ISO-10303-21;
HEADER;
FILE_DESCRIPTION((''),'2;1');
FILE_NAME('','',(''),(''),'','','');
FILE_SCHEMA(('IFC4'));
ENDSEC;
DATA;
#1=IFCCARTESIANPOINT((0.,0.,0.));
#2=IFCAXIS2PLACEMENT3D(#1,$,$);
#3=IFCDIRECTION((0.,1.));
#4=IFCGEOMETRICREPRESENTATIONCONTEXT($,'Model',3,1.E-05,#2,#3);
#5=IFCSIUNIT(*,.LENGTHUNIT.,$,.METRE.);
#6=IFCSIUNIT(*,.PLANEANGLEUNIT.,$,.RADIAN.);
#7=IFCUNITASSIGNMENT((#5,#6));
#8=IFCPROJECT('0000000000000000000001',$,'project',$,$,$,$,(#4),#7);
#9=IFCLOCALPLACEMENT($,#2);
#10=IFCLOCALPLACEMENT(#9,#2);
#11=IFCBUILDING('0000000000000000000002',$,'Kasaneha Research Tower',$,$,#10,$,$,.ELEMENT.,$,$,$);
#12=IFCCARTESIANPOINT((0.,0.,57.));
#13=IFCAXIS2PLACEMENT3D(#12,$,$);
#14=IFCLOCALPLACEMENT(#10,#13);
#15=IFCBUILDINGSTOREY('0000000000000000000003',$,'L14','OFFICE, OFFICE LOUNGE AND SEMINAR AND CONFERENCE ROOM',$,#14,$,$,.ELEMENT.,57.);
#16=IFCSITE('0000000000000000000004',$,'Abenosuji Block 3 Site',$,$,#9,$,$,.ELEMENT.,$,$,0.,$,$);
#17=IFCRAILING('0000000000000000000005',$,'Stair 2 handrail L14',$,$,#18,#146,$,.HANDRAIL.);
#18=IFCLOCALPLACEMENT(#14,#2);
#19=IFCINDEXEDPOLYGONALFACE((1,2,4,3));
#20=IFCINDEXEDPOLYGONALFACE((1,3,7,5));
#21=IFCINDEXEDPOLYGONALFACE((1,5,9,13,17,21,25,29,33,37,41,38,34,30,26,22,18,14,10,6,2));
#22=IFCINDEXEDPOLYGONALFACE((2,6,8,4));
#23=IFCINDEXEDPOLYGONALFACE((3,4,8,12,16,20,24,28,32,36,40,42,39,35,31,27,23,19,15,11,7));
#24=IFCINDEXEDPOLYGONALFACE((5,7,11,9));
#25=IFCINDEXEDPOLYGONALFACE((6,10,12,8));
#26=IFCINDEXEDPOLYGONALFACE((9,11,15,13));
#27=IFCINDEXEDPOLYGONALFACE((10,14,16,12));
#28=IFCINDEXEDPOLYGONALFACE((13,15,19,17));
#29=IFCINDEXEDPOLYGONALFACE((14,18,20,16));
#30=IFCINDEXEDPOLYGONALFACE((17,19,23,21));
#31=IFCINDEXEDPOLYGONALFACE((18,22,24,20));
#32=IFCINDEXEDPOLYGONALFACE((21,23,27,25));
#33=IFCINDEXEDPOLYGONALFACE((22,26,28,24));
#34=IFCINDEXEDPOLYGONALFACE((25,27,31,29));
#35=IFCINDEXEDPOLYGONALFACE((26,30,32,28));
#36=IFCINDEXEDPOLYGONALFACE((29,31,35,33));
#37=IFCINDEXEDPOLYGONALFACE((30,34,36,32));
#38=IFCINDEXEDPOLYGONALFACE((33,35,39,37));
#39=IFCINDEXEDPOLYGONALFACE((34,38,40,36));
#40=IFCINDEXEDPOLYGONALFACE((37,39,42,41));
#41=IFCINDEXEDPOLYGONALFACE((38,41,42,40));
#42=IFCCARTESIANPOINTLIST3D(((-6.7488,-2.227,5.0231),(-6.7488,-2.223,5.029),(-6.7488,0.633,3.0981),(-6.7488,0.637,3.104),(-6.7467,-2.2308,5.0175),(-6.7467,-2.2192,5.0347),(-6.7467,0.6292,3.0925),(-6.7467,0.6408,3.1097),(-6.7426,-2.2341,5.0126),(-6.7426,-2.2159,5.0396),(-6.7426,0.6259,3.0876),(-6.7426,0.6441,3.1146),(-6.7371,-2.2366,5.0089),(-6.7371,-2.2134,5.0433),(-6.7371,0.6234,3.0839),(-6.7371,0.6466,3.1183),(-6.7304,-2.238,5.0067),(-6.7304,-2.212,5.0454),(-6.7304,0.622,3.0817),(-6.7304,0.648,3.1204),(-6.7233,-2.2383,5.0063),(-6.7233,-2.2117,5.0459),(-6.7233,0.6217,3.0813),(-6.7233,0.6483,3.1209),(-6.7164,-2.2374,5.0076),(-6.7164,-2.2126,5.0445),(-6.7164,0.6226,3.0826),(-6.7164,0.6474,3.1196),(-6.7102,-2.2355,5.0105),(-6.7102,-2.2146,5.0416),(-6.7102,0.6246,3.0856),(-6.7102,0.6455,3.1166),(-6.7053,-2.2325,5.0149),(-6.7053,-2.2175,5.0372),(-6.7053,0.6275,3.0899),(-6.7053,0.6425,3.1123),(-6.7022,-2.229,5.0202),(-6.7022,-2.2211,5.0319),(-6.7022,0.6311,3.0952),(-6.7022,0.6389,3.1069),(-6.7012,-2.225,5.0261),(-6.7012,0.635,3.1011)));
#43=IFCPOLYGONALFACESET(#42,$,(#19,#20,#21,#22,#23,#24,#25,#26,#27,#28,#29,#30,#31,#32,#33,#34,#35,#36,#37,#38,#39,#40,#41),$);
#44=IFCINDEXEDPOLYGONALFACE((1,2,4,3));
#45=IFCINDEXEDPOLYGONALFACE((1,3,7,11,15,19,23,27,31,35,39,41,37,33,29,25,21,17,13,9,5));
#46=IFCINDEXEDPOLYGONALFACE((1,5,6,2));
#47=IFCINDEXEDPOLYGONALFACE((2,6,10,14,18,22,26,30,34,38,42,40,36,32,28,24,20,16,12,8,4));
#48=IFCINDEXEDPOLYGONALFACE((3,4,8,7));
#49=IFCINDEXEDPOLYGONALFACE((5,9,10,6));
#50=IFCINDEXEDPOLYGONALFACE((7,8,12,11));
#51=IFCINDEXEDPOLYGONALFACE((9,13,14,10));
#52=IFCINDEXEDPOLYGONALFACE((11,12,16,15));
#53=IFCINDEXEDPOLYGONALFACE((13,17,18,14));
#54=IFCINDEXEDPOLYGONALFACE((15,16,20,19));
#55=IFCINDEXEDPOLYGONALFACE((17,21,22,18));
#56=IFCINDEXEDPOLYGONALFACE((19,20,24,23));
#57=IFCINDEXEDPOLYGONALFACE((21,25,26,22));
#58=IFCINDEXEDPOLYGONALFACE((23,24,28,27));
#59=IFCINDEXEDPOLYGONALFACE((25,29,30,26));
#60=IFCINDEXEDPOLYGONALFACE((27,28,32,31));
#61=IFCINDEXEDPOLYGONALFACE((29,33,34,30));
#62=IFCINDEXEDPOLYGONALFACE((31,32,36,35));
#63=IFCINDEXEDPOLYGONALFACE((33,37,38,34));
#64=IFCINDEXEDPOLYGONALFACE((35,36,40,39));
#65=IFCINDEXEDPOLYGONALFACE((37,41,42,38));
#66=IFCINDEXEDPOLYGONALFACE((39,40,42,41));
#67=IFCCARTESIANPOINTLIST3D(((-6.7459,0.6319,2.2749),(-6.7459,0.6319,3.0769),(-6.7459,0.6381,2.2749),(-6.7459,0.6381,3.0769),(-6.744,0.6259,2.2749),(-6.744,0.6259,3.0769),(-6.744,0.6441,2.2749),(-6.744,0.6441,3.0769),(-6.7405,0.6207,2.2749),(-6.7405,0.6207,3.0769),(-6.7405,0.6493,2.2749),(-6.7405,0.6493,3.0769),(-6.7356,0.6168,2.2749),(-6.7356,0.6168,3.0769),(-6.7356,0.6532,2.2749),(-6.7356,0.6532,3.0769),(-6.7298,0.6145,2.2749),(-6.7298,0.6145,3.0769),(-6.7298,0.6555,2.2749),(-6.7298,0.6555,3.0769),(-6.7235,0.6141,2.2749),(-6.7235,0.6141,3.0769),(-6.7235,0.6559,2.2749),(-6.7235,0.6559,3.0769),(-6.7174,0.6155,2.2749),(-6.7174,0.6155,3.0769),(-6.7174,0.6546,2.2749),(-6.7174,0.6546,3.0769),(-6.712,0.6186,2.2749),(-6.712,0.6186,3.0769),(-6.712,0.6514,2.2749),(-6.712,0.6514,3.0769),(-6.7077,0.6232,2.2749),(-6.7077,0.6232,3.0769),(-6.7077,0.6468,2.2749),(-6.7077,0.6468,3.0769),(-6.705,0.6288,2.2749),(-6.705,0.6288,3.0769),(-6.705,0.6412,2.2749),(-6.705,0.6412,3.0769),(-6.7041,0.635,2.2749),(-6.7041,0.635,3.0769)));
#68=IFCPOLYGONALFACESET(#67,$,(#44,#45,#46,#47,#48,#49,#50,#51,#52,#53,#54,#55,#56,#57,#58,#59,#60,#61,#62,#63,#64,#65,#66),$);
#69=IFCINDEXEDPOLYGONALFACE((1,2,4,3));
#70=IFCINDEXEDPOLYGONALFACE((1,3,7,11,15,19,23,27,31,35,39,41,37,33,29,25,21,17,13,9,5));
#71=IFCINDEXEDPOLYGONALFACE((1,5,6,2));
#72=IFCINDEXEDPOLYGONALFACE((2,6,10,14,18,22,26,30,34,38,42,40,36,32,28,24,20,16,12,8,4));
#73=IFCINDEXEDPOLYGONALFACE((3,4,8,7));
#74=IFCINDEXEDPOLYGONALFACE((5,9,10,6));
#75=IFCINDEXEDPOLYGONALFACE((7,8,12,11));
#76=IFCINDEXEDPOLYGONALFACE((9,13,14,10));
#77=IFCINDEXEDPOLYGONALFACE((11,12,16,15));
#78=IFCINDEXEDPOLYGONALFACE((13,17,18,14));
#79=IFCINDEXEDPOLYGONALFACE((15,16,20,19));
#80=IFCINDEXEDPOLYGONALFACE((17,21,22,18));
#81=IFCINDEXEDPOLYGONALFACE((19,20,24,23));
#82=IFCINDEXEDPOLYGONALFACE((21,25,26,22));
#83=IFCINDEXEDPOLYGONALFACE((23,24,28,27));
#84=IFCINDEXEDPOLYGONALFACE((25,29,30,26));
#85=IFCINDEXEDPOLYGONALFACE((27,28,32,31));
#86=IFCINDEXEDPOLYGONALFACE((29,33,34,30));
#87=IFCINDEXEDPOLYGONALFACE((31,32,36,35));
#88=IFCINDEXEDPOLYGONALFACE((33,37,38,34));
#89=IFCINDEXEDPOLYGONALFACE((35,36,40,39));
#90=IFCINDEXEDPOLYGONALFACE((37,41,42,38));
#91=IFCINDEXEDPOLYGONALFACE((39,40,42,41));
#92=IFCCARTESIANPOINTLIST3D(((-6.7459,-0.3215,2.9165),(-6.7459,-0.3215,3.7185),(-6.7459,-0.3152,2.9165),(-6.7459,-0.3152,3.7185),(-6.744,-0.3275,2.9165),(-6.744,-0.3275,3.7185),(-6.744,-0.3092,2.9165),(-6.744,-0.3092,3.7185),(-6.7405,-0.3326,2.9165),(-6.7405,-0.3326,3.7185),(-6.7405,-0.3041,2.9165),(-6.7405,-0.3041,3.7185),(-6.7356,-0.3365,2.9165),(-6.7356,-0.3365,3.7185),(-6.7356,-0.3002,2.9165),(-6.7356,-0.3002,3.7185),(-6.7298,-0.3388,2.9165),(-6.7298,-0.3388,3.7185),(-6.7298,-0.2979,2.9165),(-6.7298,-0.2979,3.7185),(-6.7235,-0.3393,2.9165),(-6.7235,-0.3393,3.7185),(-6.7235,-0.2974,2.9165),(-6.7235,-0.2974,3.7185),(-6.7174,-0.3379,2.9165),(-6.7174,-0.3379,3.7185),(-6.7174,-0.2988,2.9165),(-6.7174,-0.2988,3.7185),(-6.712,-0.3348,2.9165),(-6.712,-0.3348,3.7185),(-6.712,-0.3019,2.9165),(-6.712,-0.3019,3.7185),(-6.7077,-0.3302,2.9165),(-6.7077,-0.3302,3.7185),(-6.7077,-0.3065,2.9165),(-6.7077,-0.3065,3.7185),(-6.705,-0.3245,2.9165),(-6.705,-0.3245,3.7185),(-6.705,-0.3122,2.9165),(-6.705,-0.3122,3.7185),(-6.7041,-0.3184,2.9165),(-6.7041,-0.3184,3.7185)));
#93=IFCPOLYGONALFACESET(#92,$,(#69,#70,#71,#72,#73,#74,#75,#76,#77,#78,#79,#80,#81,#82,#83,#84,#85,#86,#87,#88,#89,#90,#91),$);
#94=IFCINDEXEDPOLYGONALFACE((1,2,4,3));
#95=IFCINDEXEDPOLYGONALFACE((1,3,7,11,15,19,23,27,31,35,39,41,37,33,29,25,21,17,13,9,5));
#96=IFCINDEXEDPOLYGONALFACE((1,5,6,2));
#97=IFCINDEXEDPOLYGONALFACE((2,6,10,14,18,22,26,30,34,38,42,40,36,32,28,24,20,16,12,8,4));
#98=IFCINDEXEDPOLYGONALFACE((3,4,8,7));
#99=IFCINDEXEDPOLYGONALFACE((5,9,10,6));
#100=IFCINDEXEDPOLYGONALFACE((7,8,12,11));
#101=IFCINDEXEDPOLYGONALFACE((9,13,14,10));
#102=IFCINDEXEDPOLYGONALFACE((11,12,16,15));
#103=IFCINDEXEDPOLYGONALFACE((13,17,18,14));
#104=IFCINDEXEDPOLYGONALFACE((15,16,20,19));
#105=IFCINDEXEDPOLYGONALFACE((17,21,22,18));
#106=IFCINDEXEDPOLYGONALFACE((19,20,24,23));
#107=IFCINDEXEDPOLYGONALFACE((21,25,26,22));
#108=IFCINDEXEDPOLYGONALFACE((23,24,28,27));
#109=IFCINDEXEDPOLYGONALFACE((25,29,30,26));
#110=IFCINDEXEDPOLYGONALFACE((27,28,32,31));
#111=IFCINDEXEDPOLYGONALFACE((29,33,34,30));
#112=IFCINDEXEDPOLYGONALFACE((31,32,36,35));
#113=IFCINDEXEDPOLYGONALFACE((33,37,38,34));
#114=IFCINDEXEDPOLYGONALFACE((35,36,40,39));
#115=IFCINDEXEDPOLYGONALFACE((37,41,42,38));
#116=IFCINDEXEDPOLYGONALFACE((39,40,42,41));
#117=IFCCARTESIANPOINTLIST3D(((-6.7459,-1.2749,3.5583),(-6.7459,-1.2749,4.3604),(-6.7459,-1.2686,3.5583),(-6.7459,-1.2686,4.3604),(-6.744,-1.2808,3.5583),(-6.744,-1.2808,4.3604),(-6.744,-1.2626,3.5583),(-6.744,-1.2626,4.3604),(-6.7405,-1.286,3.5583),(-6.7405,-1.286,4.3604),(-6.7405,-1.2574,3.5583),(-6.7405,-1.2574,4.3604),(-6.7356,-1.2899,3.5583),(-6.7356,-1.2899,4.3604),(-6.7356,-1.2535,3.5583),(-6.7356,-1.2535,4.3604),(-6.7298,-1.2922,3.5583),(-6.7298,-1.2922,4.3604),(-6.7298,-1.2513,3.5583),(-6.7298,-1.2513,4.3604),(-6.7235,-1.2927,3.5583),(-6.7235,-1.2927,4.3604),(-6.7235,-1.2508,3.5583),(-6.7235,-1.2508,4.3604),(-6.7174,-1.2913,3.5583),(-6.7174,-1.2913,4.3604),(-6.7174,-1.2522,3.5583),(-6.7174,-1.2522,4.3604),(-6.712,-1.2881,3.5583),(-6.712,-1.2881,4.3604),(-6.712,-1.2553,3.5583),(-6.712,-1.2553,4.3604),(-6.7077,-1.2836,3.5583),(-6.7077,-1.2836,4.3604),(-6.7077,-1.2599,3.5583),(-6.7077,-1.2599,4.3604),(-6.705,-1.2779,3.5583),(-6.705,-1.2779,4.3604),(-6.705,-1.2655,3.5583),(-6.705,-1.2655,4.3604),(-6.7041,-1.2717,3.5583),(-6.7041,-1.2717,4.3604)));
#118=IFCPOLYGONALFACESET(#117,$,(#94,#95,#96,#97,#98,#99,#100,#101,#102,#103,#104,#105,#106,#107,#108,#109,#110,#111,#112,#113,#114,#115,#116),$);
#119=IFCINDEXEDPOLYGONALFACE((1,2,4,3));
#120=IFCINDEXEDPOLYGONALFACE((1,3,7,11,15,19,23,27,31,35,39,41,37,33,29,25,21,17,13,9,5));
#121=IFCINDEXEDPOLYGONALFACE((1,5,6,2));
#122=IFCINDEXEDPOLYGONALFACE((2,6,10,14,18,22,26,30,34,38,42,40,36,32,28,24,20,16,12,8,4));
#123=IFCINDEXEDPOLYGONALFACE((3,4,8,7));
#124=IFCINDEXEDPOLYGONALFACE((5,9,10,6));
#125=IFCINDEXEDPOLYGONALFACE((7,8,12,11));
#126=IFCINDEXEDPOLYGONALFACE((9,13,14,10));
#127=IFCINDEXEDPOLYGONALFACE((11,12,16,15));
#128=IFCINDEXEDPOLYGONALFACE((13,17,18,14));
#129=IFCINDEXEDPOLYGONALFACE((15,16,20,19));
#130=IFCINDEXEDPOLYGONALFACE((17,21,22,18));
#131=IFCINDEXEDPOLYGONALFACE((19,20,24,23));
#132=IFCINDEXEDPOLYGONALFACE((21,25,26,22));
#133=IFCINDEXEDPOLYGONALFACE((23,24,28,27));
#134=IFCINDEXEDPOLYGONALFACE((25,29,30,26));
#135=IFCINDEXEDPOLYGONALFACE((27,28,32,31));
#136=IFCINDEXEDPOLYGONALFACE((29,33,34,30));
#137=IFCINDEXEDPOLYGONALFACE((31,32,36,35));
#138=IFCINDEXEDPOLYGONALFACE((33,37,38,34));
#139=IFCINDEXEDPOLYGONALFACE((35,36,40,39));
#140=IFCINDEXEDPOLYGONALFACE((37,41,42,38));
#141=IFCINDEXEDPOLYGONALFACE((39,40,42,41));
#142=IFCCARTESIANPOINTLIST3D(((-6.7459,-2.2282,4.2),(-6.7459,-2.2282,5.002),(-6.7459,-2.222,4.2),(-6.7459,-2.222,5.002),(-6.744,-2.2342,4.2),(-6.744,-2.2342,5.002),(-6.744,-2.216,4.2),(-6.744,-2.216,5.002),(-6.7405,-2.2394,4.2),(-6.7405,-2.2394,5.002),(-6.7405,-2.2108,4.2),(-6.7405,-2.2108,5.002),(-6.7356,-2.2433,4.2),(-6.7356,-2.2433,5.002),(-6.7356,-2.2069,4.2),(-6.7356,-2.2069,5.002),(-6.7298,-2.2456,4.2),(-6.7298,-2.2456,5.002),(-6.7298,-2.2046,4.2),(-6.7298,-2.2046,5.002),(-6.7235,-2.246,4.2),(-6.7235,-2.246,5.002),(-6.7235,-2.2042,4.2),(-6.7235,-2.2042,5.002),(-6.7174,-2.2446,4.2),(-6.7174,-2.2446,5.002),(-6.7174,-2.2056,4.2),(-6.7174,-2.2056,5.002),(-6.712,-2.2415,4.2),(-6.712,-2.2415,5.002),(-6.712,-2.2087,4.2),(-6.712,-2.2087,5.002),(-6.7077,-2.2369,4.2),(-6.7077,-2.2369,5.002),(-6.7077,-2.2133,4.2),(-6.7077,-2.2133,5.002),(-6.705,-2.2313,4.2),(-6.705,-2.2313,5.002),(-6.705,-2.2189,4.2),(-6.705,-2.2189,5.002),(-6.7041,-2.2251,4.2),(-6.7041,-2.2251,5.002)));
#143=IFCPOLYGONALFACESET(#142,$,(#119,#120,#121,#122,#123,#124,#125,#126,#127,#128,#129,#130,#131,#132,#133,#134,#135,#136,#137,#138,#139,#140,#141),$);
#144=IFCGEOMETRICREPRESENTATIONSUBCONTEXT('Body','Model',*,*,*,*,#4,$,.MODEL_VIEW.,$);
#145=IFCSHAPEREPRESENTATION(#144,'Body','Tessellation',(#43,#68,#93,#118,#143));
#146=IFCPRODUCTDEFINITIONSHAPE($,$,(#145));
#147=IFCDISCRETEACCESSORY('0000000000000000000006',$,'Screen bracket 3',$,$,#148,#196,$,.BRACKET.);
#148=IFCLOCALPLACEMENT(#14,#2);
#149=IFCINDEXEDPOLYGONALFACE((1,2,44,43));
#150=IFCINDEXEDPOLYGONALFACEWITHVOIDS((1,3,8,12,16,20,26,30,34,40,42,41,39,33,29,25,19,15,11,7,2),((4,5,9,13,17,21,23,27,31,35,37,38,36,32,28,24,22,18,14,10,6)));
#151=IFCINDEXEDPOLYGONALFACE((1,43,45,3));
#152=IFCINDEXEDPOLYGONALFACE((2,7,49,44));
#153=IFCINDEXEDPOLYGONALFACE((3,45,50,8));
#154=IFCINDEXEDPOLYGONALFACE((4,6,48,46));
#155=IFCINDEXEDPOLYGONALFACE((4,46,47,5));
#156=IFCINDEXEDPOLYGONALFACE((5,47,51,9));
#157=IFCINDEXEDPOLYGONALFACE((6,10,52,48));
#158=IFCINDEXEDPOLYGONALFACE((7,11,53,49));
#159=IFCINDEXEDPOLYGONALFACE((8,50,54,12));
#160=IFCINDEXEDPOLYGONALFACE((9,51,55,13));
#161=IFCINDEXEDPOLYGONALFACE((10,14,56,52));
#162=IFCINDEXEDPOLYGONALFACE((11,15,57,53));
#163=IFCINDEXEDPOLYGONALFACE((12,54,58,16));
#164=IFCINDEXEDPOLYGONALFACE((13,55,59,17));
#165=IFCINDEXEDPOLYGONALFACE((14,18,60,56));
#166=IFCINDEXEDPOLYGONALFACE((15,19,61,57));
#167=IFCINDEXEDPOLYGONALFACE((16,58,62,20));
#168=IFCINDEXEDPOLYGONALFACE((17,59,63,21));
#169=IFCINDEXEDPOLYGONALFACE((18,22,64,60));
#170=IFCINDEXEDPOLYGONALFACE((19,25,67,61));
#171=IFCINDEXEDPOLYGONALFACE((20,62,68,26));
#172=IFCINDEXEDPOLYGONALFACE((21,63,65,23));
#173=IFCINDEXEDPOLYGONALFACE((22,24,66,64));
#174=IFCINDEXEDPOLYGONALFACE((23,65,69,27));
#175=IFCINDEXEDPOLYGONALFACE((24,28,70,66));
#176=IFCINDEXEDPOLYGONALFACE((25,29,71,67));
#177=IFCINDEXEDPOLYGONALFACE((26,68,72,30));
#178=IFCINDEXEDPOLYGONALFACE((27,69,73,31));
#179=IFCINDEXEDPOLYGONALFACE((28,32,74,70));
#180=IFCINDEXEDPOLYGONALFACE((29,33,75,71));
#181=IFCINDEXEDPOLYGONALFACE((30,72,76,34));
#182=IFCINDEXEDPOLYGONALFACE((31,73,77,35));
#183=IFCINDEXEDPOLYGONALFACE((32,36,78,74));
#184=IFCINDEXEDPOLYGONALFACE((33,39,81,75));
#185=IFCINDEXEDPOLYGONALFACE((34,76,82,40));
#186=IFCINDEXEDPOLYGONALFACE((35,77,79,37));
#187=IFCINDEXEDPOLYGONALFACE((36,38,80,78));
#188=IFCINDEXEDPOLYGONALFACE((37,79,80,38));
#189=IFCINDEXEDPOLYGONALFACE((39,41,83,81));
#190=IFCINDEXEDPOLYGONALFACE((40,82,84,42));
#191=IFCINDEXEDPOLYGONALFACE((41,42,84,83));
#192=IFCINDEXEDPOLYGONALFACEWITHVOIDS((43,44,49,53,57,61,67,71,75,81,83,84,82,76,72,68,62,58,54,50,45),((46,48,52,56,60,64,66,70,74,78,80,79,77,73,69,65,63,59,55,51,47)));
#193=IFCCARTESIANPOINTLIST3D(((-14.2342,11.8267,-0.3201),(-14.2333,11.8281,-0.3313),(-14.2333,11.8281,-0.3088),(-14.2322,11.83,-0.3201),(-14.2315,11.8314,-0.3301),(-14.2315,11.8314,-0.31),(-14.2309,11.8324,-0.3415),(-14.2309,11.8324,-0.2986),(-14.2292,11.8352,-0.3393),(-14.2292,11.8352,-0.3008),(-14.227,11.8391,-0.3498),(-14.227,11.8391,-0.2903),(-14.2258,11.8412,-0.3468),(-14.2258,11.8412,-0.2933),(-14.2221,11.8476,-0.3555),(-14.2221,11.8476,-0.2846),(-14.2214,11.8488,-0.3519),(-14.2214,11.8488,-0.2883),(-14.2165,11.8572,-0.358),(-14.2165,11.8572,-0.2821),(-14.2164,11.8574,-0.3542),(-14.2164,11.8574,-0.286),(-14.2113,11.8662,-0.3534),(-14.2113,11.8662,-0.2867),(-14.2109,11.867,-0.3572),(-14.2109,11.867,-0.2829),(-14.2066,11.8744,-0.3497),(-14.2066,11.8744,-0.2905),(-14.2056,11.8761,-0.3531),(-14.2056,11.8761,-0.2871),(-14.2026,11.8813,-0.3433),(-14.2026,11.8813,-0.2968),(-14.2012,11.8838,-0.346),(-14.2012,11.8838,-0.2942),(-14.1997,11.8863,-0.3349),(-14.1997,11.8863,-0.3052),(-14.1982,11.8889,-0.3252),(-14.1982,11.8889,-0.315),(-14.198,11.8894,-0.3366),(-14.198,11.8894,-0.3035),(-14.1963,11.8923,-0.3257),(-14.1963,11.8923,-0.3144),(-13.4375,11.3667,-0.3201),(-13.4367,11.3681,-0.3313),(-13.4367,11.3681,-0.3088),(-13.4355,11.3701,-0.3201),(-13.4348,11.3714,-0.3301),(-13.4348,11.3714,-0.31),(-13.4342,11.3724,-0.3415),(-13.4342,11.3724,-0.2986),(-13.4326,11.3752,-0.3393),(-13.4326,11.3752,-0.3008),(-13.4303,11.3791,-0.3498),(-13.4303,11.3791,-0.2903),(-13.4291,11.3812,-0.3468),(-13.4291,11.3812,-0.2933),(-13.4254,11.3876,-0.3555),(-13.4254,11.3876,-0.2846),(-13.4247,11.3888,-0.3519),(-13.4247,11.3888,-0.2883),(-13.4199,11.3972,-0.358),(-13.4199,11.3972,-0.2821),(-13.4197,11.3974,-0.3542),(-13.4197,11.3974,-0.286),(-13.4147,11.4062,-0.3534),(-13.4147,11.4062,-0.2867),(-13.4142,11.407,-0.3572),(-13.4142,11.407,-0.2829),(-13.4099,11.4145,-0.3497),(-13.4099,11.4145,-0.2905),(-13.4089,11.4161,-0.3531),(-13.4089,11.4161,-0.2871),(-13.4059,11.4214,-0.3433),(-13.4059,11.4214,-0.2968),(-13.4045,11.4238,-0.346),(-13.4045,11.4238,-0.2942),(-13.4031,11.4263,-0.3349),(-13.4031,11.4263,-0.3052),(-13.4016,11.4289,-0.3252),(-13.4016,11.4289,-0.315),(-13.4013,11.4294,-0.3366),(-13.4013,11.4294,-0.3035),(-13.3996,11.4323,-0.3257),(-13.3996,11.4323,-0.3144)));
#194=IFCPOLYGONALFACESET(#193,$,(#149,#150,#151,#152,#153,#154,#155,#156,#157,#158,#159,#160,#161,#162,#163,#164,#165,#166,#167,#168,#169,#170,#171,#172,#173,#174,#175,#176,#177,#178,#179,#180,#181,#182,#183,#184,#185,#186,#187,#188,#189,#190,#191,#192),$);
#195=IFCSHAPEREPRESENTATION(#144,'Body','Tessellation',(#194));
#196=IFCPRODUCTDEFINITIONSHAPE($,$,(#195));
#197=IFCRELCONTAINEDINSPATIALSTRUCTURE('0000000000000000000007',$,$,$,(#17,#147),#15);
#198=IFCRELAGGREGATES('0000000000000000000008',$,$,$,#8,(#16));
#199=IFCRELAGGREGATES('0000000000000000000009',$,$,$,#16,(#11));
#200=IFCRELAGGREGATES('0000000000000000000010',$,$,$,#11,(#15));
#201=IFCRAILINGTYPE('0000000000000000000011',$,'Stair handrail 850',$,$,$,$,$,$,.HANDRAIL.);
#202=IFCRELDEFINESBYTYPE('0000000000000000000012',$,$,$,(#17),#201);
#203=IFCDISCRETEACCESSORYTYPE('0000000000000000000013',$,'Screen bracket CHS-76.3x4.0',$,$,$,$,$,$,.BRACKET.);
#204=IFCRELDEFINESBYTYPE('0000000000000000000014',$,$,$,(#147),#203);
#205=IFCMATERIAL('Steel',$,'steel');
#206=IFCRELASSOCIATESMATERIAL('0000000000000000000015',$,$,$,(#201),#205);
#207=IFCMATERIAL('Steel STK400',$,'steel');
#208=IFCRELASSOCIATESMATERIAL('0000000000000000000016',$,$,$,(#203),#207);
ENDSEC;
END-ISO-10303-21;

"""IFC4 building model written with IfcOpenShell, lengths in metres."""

from ifc_helpers import new_model, si_unit, direction, frame, origin, origin_2d, place, context, subcontext, project, spatial, circle, hollow_circle, extrude, material, material_profile, profile_set, type_object, element, save


model = new_model("IFC4")

# Units and contexts
model_context = context("Model", 3, precision=1e-05, world=origin(), true_north=direction((0.0, 1.0)))
body_context = subcontext(model_context, "Body", "Model", "MODEL_VIEW")
ifc_project = project(units=[si_unit("LENGTHUNIT", "METRE"), si_unit("PLANEANGLEUNIT", "RADIAN")], contexts=[model_context])

# Site, building, storey
site_placement = place(None, origin())
site = spatial("IfcSite", under=ifc_project, at=site_placement, Name="Abenosuji Block 3 Site", CompositionType="ELEMENT", RefElevation=0.0)
building_placement = place(site_placement, origin())
building = spatial("IfcBuilding", under=site, at=building_placement, Name="Kasaneha Research Tower", CompositionType="ELEMENT")
storey_placement = place(building_placement, frame((0.0, 0.0, 57.0)))
storey = spatial("IfcBuildingStorey", under=building, at=storey_placement, Name="L14", Description="OFFICE, OFFICE LOUNGE AND SEMINAR AND CONFERENCE ROOM", CompositionType="ELEMENT", Elevation=57.0)

# Railing
ifc_material_1 = material(Name="Steel", Category="steel")
railing_type_1 = type_object("IfcRailingType", Name="Stair handrail 850", PredefinedType="HANDRAIL", material=ifc_material_1)
railing_1_placement = place(storey_placement, frame((-6.7251, 0.635, 2.2749)))
element("IfcRailing", 1, at=railing_1_placement, inside=storey, type_object=railing_type_1, Name="Stair 2 handrail L14", PredefinedType="HANDRAIL", context=body_context, shape_type="SweptSolid", body=[
    extrude(circle(Radius=0.0239, at=origin_2d()), frame((0.0, 0.0, 0.8262), z_axis=(0.0, -0.829591, 0.558372), x_axis=(1.0, 0.0, 0.0)), (0.0, 0.0, 1.0), 3.4475),
    extrude(circle(Radius=0.021, at=origin_2d()), origin(), (0.0, 0.0, 1.0), 0.802),
    extrude(circle(Radius=0.021, at=origin_2d()), frame((0.0, -0.9534, 0.6416)), (0.0, 0.0, 1.0), 0.802),
    extrude(circle(Radius=0.021, at=origin_2d()), frame((0.0, -1.9067, 1.2834)), (0.0, 0.0, 1.0), 0.802),
    extrude(circle(Radius=0.021, at=origin_2d()), frame((0.0, -2.8601, 1.925)), (0.0, 0.0, 1.0), 0.802),
])

# Discrete accessory
ifc_material_2 = material(Name="Steel STK400", Category="steel")
ifc_material_profile_1 = material_profile(ifc_material_2, hollow_circle(Radius=0.0381, WallThickness=0.0039, at=origin_2d()), Name="CHS-76.3x4.0")
ifc_profile_set_1 = profile_set([ifc_material_profile_1], Name="Steel STK400")
discrete_accessory_type = type_object("IfcDiscreteAccessoryType", Name="Screen bracket CHS-76.3x4.0", PredefinedType="BRACKET", material=ifc_profile_set_1)
for number, where, z_axis, x_axis, name in (
    (2, (-13.4185, 11.3997, -0.3201), (-0.866013, 0.500021, 0.0), (-0.500021, -0.866013, 0.0), "Screen bracket 3"),
):
    element("IfcDiscreteAccessory", number, at=place(storey_placement, frame(where, z_axis=z_axis, x_axis=x_axis)), inside=storey, type_object=discrete_accessory_type, Name=name, PredefinedType="BRACKET", context=body_context, shape_type="SweptSolid", body=[
        extrude(hollow_circle(Radius=0.0381, WallThickness=0.0039, at=origin_2d()), origin(), (0.0, 0.0, 1.0), 0.9199),
    ])

save(model, "model.ifc")
